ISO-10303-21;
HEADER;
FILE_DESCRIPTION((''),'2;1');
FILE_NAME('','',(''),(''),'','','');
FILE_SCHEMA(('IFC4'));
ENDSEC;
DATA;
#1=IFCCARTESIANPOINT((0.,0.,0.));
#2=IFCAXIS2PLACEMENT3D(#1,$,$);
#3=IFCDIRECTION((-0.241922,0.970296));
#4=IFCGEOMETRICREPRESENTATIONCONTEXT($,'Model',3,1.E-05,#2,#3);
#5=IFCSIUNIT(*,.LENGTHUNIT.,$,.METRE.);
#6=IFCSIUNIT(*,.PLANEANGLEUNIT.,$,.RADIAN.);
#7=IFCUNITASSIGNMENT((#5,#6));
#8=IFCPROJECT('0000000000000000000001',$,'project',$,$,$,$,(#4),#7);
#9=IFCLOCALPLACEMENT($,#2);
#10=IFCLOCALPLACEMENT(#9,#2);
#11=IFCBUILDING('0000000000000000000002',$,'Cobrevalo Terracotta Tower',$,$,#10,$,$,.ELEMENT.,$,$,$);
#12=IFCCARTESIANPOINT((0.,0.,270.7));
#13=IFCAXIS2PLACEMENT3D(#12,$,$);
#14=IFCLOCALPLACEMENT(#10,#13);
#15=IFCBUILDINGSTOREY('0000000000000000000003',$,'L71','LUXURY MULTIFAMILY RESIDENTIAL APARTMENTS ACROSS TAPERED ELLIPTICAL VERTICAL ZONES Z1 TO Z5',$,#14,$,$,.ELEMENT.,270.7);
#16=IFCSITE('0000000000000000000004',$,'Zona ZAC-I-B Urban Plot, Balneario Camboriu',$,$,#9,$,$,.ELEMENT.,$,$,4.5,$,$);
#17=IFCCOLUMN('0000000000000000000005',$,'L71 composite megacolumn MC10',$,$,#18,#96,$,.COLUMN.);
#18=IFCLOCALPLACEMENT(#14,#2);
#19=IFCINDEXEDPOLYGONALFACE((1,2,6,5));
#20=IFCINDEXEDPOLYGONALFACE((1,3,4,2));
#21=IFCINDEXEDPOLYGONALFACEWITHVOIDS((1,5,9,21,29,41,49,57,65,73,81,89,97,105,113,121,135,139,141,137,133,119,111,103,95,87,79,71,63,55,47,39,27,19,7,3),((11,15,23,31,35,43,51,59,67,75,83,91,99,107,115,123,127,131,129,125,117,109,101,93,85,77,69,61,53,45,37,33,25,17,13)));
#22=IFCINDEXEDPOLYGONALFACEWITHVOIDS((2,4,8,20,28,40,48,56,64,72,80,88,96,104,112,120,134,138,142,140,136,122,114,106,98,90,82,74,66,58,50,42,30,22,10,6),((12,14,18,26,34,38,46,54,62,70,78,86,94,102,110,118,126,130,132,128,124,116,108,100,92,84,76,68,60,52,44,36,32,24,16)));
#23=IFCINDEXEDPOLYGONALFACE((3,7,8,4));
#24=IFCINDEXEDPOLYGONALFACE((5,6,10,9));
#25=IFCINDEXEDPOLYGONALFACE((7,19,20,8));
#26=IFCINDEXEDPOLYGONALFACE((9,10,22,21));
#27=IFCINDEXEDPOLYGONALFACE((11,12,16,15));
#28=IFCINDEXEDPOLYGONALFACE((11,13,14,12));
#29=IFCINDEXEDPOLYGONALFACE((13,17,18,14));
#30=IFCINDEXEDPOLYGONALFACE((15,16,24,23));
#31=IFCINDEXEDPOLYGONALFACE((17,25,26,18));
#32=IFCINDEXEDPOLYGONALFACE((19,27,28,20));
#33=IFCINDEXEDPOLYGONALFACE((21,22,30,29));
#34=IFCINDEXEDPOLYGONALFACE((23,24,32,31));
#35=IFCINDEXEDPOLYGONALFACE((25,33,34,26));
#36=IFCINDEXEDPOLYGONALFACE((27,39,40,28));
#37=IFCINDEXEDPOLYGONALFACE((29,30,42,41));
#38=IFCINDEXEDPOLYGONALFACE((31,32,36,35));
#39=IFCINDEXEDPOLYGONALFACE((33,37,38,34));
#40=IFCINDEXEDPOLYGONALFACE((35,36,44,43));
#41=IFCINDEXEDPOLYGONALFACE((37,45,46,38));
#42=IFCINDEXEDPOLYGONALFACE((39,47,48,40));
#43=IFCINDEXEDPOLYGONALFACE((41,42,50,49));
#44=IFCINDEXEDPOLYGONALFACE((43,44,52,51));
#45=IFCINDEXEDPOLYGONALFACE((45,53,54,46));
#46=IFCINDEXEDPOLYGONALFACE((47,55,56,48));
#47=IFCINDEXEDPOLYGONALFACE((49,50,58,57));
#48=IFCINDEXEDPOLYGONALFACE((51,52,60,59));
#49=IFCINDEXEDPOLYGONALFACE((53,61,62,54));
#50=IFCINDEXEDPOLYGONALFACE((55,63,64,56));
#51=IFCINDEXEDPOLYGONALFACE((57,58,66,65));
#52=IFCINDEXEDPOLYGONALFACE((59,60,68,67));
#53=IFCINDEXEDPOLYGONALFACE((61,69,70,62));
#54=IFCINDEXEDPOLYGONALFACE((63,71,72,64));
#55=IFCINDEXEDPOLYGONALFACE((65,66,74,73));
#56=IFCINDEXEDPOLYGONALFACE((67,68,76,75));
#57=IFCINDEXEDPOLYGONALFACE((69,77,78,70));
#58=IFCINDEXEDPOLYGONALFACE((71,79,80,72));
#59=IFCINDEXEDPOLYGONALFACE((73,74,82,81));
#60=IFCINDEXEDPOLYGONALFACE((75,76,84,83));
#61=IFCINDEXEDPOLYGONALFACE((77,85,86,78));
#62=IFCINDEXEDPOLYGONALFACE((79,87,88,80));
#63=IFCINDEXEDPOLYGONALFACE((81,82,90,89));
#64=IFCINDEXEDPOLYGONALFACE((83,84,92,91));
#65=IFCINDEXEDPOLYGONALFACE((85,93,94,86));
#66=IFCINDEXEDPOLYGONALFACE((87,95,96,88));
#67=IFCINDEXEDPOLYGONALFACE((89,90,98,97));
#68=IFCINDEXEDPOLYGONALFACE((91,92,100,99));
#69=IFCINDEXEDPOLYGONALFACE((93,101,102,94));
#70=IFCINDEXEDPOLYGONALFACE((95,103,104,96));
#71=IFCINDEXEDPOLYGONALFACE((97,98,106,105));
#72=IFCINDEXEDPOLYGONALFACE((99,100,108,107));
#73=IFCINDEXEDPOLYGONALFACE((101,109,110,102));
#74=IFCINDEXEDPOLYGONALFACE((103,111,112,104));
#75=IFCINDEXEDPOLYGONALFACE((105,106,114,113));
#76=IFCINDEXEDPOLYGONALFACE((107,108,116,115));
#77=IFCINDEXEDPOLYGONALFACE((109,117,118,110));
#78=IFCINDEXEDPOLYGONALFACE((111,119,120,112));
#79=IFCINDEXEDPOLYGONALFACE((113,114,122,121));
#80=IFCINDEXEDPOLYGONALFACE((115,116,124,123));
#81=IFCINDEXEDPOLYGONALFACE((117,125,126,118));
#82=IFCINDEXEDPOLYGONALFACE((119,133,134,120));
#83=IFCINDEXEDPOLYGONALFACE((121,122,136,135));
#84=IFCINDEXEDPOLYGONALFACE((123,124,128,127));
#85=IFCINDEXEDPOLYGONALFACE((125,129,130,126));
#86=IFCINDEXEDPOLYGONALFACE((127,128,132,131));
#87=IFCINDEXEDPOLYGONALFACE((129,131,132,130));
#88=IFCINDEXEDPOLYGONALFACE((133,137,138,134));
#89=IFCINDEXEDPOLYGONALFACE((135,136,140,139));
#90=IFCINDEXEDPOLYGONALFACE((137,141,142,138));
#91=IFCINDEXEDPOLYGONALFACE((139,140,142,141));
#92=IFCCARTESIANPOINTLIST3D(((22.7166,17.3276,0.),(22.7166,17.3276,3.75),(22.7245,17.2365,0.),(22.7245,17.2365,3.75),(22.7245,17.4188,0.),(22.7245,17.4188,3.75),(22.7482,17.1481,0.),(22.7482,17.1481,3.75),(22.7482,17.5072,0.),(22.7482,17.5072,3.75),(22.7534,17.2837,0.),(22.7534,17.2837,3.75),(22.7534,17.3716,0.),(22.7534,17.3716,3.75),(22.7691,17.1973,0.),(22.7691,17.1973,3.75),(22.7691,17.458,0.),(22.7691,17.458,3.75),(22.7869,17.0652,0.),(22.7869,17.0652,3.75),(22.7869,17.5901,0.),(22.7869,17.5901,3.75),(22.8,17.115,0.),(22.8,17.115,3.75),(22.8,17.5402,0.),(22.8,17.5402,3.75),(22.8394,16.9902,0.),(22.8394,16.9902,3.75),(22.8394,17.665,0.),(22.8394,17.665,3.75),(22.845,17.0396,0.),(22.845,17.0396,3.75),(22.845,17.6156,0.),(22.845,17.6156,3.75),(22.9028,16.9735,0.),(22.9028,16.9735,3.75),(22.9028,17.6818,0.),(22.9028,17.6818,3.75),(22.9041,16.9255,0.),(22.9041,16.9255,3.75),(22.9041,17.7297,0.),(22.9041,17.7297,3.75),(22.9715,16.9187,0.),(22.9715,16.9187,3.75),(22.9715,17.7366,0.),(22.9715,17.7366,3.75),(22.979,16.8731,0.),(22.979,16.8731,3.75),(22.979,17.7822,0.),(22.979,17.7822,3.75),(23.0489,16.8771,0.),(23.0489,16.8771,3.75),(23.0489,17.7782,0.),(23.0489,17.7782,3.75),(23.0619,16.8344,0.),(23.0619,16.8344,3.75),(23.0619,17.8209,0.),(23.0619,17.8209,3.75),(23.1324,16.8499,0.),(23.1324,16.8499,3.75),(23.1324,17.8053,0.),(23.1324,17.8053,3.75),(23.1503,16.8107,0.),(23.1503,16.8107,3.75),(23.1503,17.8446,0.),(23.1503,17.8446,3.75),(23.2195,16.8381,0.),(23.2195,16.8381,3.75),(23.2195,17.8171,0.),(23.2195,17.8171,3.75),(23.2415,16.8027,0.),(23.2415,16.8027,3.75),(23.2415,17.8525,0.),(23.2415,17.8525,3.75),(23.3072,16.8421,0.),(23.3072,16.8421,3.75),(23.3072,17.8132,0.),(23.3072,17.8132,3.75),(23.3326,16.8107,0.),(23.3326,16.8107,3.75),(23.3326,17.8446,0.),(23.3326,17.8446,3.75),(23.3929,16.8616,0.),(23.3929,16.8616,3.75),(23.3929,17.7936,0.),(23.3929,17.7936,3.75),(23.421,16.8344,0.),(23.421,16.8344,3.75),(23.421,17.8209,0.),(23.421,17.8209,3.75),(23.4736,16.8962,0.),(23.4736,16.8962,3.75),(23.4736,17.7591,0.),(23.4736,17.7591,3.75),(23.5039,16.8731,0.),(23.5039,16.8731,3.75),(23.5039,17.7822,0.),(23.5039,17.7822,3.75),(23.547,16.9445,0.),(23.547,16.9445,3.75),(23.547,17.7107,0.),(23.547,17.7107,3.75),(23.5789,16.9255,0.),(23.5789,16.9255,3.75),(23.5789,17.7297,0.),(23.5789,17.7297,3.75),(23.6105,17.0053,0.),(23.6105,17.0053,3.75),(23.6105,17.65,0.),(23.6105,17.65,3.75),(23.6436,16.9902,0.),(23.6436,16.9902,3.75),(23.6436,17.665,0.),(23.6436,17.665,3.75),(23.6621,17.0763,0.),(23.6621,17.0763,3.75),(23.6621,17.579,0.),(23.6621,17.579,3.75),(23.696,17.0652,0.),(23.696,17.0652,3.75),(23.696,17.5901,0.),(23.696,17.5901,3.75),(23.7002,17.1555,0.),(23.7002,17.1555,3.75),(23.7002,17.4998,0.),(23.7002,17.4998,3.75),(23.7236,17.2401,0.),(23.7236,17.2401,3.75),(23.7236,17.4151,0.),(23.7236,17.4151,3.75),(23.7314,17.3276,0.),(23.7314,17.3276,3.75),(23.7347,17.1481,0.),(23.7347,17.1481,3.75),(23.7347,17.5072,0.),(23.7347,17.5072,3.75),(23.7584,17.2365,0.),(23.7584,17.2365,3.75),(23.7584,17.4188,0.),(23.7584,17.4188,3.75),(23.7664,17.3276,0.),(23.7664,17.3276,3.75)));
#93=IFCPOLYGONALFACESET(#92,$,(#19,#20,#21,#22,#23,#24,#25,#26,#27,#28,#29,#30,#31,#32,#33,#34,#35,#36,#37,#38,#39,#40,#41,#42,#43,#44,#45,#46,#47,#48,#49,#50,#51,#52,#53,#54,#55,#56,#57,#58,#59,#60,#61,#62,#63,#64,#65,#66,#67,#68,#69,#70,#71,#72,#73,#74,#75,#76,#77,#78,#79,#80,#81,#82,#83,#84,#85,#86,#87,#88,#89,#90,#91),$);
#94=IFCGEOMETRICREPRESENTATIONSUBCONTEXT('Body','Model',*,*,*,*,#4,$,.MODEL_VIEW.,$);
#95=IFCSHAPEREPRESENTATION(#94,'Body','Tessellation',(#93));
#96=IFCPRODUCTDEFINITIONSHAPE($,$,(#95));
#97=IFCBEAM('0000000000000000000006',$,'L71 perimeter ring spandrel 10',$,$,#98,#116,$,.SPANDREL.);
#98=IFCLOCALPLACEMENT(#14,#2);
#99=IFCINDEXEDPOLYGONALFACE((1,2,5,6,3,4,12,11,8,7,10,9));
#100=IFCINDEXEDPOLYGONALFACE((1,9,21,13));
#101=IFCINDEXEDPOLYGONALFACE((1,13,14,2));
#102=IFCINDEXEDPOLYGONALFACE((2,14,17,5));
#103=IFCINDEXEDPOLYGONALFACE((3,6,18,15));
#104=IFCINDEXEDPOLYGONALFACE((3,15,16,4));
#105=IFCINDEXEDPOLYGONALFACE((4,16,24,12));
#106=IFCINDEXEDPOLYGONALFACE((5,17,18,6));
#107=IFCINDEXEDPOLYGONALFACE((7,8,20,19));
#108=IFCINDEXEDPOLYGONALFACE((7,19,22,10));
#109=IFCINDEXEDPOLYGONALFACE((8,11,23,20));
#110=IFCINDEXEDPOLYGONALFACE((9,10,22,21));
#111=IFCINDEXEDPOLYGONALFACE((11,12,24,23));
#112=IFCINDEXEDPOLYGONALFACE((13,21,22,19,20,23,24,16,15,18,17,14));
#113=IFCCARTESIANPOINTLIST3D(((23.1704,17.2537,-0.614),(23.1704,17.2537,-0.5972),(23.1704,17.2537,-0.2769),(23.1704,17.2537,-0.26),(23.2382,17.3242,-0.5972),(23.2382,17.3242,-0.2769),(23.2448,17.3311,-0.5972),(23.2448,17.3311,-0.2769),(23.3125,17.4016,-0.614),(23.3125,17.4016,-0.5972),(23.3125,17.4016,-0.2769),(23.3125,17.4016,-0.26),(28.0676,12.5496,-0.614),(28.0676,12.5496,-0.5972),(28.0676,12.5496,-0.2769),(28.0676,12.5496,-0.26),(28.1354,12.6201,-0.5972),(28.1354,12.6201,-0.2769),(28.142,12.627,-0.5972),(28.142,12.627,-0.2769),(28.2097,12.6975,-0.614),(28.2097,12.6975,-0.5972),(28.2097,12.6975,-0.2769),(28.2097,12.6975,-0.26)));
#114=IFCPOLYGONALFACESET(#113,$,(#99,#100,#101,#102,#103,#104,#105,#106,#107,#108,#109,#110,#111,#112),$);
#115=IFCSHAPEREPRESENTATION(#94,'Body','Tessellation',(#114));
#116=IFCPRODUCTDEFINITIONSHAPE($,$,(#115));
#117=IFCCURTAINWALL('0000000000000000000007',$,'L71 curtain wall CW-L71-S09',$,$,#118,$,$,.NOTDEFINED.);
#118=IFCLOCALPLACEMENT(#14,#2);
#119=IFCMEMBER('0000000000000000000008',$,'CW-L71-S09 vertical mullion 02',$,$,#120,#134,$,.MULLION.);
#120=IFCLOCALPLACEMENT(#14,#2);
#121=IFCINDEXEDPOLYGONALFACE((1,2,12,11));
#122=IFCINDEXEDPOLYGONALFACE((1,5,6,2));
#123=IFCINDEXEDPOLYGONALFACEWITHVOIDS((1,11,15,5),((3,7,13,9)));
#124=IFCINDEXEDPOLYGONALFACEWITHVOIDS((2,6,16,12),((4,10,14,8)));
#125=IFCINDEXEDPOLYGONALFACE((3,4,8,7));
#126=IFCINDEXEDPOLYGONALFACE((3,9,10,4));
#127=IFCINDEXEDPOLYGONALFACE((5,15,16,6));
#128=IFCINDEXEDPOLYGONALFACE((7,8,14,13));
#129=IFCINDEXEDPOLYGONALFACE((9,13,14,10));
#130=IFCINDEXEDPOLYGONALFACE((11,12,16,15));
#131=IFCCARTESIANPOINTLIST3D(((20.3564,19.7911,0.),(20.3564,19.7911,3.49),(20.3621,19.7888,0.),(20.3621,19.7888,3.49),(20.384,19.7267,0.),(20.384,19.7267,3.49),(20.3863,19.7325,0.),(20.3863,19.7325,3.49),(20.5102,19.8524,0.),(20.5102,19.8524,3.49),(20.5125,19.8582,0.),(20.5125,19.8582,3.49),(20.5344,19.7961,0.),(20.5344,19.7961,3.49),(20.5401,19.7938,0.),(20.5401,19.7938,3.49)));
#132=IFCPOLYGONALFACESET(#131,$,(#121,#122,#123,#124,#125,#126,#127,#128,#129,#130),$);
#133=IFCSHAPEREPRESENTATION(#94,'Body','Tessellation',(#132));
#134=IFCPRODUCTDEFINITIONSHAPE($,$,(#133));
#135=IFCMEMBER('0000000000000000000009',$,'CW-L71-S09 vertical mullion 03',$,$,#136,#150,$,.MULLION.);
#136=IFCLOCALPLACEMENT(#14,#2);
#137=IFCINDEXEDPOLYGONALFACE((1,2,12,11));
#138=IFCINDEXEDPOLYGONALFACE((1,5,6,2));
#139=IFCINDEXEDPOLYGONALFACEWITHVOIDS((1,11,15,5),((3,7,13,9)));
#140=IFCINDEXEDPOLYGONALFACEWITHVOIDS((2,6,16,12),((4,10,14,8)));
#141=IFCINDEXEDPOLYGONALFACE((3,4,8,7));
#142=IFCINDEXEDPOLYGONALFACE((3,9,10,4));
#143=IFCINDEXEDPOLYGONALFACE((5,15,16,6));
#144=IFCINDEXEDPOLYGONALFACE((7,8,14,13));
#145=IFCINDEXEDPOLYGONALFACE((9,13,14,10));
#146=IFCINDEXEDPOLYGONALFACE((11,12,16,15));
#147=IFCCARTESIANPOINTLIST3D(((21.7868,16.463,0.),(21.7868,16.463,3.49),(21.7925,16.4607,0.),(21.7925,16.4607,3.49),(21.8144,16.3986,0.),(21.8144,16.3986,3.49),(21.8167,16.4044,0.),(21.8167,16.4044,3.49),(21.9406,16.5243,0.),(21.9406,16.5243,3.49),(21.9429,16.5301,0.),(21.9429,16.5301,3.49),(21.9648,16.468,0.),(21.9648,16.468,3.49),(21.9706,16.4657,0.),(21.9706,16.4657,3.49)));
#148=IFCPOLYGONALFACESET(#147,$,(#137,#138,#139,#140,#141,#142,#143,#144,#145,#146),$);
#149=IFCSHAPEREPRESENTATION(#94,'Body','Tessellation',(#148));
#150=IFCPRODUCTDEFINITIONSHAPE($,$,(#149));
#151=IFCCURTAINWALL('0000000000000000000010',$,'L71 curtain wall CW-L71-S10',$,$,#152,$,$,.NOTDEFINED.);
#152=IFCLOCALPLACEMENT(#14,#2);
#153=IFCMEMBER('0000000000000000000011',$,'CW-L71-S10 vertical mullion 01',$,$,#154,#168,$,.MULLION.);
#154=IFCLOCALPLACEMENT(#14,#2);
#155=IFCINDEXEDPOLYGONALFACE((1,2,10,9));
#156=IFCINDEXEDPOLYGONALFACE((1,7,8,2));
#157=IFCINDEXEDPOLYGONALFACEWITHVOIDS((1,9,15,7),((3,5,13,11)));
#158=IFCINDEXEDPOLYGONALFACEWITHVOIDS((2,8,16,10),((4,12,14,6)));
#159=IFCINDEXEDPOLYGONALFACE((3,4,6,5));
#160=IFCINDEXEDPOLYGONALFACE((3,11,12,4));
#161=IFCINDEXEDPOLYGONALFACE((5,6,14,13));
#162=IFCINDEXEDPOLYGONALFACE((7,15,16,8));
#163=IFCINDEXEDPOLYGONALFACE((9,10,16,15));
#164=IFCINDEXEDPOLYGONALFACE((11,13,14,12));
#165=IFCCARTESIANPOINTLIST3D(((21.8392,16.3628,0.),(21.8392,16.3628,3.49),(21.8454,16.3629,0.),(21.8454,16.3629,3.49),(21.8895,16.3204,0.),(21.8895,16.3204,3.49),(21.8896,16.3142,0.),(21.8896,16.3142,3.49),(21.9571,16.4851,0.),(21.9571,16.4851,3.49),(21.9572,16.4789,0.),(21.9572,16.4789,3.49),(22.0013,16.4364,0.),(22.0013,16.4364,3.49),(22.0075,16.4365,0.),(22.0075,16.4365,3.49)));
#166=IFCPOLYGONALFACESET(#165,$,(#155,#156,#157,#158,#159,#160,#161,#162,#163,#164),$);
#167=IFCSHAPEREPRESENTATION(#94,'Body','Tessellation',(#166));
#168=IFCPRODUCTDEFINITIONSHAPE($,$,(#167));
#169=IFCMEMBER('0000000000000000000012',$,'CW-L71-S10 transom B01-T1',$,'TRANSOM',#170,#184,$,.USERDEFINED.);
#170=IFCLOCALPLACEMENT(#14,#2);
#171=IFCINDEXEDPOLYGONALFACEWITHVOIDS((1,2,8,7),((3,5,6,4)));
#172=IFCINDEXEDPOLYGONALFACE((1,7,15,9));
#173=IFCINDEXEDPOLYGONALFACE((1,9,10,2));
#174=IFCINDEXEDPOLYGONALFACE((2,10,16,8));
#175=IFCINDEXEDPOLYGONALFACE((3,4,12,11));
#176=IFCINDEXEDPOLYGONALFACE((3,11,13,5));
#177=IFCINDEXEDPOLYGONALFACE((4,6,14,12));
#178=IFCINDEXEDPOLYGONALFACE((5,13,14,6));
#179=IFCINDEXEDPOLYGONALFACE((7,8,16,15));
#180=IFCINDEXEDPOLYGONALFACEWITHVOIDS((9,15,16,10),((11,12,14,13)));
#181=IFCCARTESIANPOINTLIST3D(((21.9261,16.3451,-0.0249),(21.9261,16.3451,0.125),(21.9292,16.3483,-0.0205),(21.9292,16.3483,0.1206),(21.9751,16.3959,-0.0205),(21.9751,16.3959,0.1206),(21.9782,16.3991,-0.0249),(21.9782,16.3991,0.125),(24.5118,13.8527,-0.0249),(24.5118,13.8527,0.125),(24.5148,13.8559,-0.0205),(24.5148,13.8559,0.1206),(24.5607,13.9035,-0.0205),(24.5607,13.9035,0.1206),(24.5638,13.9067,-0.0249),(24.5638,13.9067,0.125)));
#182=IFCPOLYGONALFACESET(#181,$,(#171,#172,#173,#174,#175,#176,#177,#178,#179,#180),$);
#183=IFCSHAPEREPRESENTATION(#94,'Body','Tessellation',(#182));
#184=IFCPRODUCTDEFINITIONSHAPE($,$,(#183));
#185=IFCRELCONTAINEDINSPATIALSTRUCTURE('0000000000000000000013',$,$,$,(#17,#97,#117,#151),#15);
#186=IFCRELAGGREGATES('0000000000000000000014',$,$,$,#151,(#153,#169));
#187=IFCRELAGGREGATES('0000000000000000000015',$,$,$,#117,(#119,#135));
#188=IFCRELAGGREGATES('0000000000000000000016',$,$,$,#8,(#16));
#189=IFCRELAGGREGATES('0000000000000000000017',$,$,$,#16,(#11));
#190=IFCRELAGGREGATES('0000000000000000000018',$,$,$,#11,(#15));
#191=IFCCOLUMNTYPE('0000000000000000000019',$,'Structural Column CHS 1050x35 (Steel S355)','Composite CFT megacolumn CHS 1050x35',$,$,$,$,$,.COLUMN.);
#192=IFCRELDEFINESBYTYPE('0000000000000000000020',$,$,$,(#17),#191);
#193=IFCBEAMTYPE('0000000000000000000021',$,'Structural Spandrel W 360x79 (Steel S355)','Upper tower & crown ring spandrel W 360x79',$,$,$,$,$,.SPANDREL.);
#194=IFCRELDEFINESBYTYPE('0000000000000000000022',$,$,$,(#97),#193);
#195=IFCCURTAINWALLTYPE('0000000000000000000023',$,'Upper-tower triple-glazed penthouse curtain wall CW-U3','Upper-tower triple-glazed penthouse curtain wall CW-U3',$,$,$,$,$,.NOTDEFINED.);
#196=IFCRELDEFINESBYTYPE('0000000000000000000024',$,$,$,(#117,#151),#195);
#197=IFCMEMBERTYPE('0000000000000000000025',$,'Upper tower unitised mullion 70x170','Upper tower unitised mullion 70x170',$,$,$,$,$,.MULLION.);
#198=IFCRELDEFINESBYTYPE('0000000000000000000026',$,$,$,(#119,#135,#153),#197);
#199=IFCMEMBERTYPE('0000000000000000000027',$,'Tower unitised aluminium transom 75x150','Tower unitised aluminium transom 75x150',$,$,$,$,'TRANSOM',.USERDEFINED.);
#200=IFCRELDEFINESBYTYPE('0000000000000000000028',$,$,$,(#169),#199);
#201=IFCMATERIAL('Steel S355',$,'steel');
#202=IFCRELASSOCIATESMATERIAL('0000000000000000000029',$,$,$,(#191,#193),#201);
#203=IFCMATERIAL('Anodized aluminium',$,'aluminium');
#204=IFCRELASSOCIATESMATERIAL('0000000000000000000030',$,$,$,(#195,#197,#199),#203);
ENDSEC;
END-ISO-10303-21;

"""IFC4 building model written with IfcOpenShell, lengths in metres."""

from ifc_helpers import new_model, si_unit, direction, frame, origin, origin_2d, place, context, subcontext, project, spatial, hollow_rectangle, hollow_circle, i_section, extrude, source, transform, mapped, material, material_profile, profile_set, type_object, element, aggregate, save


model = new_model("IFC4")

# Units and contexts
model_context = context("Model", 3, precision=1e-05, world=origin(), true_north=direction((-0.241922, 0.970296)))
body_context = subcontext(model_context, "Body", "Model", "MODEL_VIEW")
ifc_project = project(units=[si_unit("LENGTHUNIT", "METRE"), si_unit("PLANEANGLEUNIT", "RADIAN")], contexts=[model_context])

# Site, building, storey
site_placement = place(None, origin())
site = spatial("IfcSite", under=ifc_project, at=site_placement, Name="Zona ZAC-I-B Urban Plot, Balneario Camboriu", CompositionType="ELEMENT", RefElevation=4.5)
building_placement = place(site_placement, origin())
building = spatial("IfcBuilding", under=site, at=building_placement, Name="Cobrevalo Terracotta Tower", CompositionType="ELEMENT")
storey_placement = place(building_placement, frame((0.0, 0.0, 270.7)))
storey = spatial("IfcBuildingStorey", under=building, at=storey_placement, Name="L71", Description="LUXURY MULTIFAMILY RESIDENTIAL APARTMENTS ACROSS TAPERED ELLIPTICAL VERTICAL ZONES Z1 TO Z5", CompositionType="ELEMENT", Elevation=270.7)

# Column
ifc_material_1 = material(Name="Steel S355", Category="steel")
ifc_material_profile_1 = material_profile(ifc_material_1, hollow_circle(Radius=0.5249, WallThickness=0.0349, at=origin_2d()), Name="CHS 1050x35")
ifc_profile_set_1 = profile_set([ifc_material_profile_1], Name="Steel S355")
column_type = type_object("IfcColumnType", Name="Structural Column CHS 1050x35 (Steel S355)", Description="Composite CFT megacolumn CHS 1050x35", PredefinedType="COLUMN", material=ifc_profile_set_1)
column_placement = place(storey_placement, frame((23.2415, 17.3276, 0.0), z_axis=(0.0, 0.0, 1.0), x_axis=(1.0, 0.0, 0.0)))
element("IfcColumn", 1, at=column_placement, inside=storey, type_object=column_type, Name="L71 composite megacolumn MC10", PredefinedType="COLUMN", context=body_context, shape_type="SweptSolid", body=[
    extrude(hollow_circle(Radius=0.5249, WallThickness=0.0349, at=origin_2d()), origin(), (0.0, 0.0, 1.0), 3.75),
])

# Beam
ifc_material_profile_2 = material_profile(ifc_material_1, i_section(OverallWidth=0.2051, OverallDepth=0.354, WebThickness=0.0095, FlangeThickness=0.0168, at=origin_2d()), Name="W 360x79")
ifc_profile_set_2 = profile_set([ifc_material_profile_2], Name="Steel S355")
beam_type = type_object("IfcBeamType", Name="Structural Spandrel W 360x79 (Steel S355)", Description="Upper tower & crown ring spandrel W 360x79", PredefinedType="SPANDREL", material=ifc_profile_set_2)
beam_placement = place(storey_placement, frame((23.2415, 17.3276, -0.437), z_axis=(0.721183, -0.692744, 0.0), x_axis=(0.692744, 0.721183, 0.0)))
element("IfcBeam", 2, at=beam_placement, inside=storey, type_object=beam_type, Name="L71 perimeter ring spandrel 10", PredefinedType="SPANDREL", context=body_context, shape_type="SweptSolid", body=[
    extrude(i_section(OverallWidth=0.2051, OverallDepth=0.354, WebThickness=0.0095, FlangeThickness=0.0168, at=origin_2d()), origin(), (0.0, 0.0, 1.0), 6.7905),
])

# Curtain walls, members
ifc_material_2 = material(Name="Anodized aluminium", Category="aluminium")
curtain_wall_type = type_object("IfcCurtainWallType", Name="Upper-tower triple-glazed penthouse curtain wall CW-U3", Description="Upper-tower triple-glazed penthouse curtain wall CW-U3", PredefinedType="NOTDEFINED", material=ifc_material_2)
curtain_wall_1_placement = place(storey_placement, origin())
curtain_wall_1 = element("IfcCurtainWall", 3, at=curtain_wall_1_placement, inside=storey, type_object=curtain_wall_type, Name="L71 curtain wall CW-L71-S09", PredefinedType="NOTDEFINED")
ifc_material_profile_3 = material_profile(ifc_material_2, hollow_rectangle(XDim=0.0701, YDim=0.1699, WallThickness=0.0044, at=origin_2d()), Name="CWM 70x170")
ifc_profile_set_3 = profile_set([ifc_material_profile_3], Name="Anodized aluminium")
member_type_1 = type_object("IfcMemberType", Name="Upper tower unitised mullion 70x170", Description="Upper tower unitised mullion 70x170", PredefinedType="MULLION", material=ifc_profile_set_3)
shared_shape_1 = source(origin(), body_context, "Body", "SweptSolid", [
    extrude(hollow_rectangle(XDim=0.0701, YDim=0.1699, WallThickness=0.0044, at=origin_2d()), origin(), (0.0, 0.0, 1.0), 3.49),
])
member_1_placement = place(storey_placement, frame((20.4482, 19.7925, 0.0), z_axis=(0.0, 0.0, 1.0), x_axis=(0.394824, -0.918757, 0.0)))
member_1 = element("IfcMember", 4, at=member_1_placement, type_object=member_type_1, Name="CW-L71-S09 vertical mullion 02", PredefinedType="MULLION", context=body_context, shape_type="MappedRepresentation", body=[
    mapped(shared_shape_1, transform((0.0, 0.0, 0.0), scale=1.0)),
])
member_2_placement = place(storey_placement, frame((21.8787, 16.4644, 0.0), z_axis=(0.0, 0.0, 1.0), x_axis=(0.394824, -0.918757, 0.0)))
member_2 = element("IfcMember", 5, at=member_2_placement, type_object=member_type_1, Name="CW-L71-S09 vertical mullion 03", PredefinedType="MULLION", context=body_context, shape_type="MappedRepresentation", body=[
    mapped(shared_shape_1, transform((0.0, 0.0, 0.0), scale=1.0)),
])
curtain_wall_2_placement = place(storey_placement, origin())
curtain_wall_2 = element("IfcCurtainWall", 6, at=curtain_wall_2_placement, inside=storey, type_object=curtain_wall_type, Name="L71 curtain wall CW-L71-S10", PredefinedType="NOTDEFINED")
member_3_placement = place(storey_placement, frame((21.9233, 16.3997, 0.0), z_axis=(0.0, 0.0, 1.0), x_axis=(0.719994, -0.69398, 0.0)))
member_3 = element("IfcMember", 7, at=member_3_placement, type_object=member_type_1, Name="CW-L71-S10 vertical mullion 01", PredefinedType="MULLION", context=body_context, shape_type="MappedRepresentation", body=[
    mapped(shared_shape_1, transform((0.0, 0.0, 0.0), scale=1.0)),
])
ifc_material_profile_4 = material_profile(ifc_material_2, hollow_rectangle(XDim=0.075, YDim=0.1499, WallThickness=0.0044, at=origin_2d()), Name="CWT 75x150")
ifc_profile_set_4 = profile_set([ifc_material_profile_4], Name="Anodized aluminium")
member_type_2 = type_object("IfcMemberType", Name="Tower unitised aluminium transom 75x150", Description="Tower unitised aluminium transom 75x150", ElementType="TRANSOM", PredefinedType="USERDEFINED", material=ifc_profile_set_4)
shared_shape_2 = source(origin(), body_context, "Body", "SweptSolid", [
    extrude(hollow_rectangle(XDim=0.075, YDim=0.1499, WallThickness=0.0044, at=origin_2d()), origin(), (0.0, 0.0, 1.0), 3.5913),
])
member_4_placement = place(storey_placement, frame((21.9521, 16.3721, 0.05), z_axis=(0.719972, -0.694003, 0.0), x_axis=(0.694003, 0.719972, 0.0)))
member_4 = element("IfcMember", 8, at=member_4_placement, type_object=member_type_2, Name="CW-L71-S10 transom B01-T1", ObjectType="TRANSOM", PredefinedType="USERDEFINED", context=body_context, shape_type="MappedRepresentation", body=[
    mapped(shared_shape_2, transform((0.0, 0.0, 0.0), scale=1.0)),
])
aggregate(curtain_wall_2, [member_3, member_4])

aggregate(curtain_wall_1, [member_1, member_2])

save(model, "model.ifc")
